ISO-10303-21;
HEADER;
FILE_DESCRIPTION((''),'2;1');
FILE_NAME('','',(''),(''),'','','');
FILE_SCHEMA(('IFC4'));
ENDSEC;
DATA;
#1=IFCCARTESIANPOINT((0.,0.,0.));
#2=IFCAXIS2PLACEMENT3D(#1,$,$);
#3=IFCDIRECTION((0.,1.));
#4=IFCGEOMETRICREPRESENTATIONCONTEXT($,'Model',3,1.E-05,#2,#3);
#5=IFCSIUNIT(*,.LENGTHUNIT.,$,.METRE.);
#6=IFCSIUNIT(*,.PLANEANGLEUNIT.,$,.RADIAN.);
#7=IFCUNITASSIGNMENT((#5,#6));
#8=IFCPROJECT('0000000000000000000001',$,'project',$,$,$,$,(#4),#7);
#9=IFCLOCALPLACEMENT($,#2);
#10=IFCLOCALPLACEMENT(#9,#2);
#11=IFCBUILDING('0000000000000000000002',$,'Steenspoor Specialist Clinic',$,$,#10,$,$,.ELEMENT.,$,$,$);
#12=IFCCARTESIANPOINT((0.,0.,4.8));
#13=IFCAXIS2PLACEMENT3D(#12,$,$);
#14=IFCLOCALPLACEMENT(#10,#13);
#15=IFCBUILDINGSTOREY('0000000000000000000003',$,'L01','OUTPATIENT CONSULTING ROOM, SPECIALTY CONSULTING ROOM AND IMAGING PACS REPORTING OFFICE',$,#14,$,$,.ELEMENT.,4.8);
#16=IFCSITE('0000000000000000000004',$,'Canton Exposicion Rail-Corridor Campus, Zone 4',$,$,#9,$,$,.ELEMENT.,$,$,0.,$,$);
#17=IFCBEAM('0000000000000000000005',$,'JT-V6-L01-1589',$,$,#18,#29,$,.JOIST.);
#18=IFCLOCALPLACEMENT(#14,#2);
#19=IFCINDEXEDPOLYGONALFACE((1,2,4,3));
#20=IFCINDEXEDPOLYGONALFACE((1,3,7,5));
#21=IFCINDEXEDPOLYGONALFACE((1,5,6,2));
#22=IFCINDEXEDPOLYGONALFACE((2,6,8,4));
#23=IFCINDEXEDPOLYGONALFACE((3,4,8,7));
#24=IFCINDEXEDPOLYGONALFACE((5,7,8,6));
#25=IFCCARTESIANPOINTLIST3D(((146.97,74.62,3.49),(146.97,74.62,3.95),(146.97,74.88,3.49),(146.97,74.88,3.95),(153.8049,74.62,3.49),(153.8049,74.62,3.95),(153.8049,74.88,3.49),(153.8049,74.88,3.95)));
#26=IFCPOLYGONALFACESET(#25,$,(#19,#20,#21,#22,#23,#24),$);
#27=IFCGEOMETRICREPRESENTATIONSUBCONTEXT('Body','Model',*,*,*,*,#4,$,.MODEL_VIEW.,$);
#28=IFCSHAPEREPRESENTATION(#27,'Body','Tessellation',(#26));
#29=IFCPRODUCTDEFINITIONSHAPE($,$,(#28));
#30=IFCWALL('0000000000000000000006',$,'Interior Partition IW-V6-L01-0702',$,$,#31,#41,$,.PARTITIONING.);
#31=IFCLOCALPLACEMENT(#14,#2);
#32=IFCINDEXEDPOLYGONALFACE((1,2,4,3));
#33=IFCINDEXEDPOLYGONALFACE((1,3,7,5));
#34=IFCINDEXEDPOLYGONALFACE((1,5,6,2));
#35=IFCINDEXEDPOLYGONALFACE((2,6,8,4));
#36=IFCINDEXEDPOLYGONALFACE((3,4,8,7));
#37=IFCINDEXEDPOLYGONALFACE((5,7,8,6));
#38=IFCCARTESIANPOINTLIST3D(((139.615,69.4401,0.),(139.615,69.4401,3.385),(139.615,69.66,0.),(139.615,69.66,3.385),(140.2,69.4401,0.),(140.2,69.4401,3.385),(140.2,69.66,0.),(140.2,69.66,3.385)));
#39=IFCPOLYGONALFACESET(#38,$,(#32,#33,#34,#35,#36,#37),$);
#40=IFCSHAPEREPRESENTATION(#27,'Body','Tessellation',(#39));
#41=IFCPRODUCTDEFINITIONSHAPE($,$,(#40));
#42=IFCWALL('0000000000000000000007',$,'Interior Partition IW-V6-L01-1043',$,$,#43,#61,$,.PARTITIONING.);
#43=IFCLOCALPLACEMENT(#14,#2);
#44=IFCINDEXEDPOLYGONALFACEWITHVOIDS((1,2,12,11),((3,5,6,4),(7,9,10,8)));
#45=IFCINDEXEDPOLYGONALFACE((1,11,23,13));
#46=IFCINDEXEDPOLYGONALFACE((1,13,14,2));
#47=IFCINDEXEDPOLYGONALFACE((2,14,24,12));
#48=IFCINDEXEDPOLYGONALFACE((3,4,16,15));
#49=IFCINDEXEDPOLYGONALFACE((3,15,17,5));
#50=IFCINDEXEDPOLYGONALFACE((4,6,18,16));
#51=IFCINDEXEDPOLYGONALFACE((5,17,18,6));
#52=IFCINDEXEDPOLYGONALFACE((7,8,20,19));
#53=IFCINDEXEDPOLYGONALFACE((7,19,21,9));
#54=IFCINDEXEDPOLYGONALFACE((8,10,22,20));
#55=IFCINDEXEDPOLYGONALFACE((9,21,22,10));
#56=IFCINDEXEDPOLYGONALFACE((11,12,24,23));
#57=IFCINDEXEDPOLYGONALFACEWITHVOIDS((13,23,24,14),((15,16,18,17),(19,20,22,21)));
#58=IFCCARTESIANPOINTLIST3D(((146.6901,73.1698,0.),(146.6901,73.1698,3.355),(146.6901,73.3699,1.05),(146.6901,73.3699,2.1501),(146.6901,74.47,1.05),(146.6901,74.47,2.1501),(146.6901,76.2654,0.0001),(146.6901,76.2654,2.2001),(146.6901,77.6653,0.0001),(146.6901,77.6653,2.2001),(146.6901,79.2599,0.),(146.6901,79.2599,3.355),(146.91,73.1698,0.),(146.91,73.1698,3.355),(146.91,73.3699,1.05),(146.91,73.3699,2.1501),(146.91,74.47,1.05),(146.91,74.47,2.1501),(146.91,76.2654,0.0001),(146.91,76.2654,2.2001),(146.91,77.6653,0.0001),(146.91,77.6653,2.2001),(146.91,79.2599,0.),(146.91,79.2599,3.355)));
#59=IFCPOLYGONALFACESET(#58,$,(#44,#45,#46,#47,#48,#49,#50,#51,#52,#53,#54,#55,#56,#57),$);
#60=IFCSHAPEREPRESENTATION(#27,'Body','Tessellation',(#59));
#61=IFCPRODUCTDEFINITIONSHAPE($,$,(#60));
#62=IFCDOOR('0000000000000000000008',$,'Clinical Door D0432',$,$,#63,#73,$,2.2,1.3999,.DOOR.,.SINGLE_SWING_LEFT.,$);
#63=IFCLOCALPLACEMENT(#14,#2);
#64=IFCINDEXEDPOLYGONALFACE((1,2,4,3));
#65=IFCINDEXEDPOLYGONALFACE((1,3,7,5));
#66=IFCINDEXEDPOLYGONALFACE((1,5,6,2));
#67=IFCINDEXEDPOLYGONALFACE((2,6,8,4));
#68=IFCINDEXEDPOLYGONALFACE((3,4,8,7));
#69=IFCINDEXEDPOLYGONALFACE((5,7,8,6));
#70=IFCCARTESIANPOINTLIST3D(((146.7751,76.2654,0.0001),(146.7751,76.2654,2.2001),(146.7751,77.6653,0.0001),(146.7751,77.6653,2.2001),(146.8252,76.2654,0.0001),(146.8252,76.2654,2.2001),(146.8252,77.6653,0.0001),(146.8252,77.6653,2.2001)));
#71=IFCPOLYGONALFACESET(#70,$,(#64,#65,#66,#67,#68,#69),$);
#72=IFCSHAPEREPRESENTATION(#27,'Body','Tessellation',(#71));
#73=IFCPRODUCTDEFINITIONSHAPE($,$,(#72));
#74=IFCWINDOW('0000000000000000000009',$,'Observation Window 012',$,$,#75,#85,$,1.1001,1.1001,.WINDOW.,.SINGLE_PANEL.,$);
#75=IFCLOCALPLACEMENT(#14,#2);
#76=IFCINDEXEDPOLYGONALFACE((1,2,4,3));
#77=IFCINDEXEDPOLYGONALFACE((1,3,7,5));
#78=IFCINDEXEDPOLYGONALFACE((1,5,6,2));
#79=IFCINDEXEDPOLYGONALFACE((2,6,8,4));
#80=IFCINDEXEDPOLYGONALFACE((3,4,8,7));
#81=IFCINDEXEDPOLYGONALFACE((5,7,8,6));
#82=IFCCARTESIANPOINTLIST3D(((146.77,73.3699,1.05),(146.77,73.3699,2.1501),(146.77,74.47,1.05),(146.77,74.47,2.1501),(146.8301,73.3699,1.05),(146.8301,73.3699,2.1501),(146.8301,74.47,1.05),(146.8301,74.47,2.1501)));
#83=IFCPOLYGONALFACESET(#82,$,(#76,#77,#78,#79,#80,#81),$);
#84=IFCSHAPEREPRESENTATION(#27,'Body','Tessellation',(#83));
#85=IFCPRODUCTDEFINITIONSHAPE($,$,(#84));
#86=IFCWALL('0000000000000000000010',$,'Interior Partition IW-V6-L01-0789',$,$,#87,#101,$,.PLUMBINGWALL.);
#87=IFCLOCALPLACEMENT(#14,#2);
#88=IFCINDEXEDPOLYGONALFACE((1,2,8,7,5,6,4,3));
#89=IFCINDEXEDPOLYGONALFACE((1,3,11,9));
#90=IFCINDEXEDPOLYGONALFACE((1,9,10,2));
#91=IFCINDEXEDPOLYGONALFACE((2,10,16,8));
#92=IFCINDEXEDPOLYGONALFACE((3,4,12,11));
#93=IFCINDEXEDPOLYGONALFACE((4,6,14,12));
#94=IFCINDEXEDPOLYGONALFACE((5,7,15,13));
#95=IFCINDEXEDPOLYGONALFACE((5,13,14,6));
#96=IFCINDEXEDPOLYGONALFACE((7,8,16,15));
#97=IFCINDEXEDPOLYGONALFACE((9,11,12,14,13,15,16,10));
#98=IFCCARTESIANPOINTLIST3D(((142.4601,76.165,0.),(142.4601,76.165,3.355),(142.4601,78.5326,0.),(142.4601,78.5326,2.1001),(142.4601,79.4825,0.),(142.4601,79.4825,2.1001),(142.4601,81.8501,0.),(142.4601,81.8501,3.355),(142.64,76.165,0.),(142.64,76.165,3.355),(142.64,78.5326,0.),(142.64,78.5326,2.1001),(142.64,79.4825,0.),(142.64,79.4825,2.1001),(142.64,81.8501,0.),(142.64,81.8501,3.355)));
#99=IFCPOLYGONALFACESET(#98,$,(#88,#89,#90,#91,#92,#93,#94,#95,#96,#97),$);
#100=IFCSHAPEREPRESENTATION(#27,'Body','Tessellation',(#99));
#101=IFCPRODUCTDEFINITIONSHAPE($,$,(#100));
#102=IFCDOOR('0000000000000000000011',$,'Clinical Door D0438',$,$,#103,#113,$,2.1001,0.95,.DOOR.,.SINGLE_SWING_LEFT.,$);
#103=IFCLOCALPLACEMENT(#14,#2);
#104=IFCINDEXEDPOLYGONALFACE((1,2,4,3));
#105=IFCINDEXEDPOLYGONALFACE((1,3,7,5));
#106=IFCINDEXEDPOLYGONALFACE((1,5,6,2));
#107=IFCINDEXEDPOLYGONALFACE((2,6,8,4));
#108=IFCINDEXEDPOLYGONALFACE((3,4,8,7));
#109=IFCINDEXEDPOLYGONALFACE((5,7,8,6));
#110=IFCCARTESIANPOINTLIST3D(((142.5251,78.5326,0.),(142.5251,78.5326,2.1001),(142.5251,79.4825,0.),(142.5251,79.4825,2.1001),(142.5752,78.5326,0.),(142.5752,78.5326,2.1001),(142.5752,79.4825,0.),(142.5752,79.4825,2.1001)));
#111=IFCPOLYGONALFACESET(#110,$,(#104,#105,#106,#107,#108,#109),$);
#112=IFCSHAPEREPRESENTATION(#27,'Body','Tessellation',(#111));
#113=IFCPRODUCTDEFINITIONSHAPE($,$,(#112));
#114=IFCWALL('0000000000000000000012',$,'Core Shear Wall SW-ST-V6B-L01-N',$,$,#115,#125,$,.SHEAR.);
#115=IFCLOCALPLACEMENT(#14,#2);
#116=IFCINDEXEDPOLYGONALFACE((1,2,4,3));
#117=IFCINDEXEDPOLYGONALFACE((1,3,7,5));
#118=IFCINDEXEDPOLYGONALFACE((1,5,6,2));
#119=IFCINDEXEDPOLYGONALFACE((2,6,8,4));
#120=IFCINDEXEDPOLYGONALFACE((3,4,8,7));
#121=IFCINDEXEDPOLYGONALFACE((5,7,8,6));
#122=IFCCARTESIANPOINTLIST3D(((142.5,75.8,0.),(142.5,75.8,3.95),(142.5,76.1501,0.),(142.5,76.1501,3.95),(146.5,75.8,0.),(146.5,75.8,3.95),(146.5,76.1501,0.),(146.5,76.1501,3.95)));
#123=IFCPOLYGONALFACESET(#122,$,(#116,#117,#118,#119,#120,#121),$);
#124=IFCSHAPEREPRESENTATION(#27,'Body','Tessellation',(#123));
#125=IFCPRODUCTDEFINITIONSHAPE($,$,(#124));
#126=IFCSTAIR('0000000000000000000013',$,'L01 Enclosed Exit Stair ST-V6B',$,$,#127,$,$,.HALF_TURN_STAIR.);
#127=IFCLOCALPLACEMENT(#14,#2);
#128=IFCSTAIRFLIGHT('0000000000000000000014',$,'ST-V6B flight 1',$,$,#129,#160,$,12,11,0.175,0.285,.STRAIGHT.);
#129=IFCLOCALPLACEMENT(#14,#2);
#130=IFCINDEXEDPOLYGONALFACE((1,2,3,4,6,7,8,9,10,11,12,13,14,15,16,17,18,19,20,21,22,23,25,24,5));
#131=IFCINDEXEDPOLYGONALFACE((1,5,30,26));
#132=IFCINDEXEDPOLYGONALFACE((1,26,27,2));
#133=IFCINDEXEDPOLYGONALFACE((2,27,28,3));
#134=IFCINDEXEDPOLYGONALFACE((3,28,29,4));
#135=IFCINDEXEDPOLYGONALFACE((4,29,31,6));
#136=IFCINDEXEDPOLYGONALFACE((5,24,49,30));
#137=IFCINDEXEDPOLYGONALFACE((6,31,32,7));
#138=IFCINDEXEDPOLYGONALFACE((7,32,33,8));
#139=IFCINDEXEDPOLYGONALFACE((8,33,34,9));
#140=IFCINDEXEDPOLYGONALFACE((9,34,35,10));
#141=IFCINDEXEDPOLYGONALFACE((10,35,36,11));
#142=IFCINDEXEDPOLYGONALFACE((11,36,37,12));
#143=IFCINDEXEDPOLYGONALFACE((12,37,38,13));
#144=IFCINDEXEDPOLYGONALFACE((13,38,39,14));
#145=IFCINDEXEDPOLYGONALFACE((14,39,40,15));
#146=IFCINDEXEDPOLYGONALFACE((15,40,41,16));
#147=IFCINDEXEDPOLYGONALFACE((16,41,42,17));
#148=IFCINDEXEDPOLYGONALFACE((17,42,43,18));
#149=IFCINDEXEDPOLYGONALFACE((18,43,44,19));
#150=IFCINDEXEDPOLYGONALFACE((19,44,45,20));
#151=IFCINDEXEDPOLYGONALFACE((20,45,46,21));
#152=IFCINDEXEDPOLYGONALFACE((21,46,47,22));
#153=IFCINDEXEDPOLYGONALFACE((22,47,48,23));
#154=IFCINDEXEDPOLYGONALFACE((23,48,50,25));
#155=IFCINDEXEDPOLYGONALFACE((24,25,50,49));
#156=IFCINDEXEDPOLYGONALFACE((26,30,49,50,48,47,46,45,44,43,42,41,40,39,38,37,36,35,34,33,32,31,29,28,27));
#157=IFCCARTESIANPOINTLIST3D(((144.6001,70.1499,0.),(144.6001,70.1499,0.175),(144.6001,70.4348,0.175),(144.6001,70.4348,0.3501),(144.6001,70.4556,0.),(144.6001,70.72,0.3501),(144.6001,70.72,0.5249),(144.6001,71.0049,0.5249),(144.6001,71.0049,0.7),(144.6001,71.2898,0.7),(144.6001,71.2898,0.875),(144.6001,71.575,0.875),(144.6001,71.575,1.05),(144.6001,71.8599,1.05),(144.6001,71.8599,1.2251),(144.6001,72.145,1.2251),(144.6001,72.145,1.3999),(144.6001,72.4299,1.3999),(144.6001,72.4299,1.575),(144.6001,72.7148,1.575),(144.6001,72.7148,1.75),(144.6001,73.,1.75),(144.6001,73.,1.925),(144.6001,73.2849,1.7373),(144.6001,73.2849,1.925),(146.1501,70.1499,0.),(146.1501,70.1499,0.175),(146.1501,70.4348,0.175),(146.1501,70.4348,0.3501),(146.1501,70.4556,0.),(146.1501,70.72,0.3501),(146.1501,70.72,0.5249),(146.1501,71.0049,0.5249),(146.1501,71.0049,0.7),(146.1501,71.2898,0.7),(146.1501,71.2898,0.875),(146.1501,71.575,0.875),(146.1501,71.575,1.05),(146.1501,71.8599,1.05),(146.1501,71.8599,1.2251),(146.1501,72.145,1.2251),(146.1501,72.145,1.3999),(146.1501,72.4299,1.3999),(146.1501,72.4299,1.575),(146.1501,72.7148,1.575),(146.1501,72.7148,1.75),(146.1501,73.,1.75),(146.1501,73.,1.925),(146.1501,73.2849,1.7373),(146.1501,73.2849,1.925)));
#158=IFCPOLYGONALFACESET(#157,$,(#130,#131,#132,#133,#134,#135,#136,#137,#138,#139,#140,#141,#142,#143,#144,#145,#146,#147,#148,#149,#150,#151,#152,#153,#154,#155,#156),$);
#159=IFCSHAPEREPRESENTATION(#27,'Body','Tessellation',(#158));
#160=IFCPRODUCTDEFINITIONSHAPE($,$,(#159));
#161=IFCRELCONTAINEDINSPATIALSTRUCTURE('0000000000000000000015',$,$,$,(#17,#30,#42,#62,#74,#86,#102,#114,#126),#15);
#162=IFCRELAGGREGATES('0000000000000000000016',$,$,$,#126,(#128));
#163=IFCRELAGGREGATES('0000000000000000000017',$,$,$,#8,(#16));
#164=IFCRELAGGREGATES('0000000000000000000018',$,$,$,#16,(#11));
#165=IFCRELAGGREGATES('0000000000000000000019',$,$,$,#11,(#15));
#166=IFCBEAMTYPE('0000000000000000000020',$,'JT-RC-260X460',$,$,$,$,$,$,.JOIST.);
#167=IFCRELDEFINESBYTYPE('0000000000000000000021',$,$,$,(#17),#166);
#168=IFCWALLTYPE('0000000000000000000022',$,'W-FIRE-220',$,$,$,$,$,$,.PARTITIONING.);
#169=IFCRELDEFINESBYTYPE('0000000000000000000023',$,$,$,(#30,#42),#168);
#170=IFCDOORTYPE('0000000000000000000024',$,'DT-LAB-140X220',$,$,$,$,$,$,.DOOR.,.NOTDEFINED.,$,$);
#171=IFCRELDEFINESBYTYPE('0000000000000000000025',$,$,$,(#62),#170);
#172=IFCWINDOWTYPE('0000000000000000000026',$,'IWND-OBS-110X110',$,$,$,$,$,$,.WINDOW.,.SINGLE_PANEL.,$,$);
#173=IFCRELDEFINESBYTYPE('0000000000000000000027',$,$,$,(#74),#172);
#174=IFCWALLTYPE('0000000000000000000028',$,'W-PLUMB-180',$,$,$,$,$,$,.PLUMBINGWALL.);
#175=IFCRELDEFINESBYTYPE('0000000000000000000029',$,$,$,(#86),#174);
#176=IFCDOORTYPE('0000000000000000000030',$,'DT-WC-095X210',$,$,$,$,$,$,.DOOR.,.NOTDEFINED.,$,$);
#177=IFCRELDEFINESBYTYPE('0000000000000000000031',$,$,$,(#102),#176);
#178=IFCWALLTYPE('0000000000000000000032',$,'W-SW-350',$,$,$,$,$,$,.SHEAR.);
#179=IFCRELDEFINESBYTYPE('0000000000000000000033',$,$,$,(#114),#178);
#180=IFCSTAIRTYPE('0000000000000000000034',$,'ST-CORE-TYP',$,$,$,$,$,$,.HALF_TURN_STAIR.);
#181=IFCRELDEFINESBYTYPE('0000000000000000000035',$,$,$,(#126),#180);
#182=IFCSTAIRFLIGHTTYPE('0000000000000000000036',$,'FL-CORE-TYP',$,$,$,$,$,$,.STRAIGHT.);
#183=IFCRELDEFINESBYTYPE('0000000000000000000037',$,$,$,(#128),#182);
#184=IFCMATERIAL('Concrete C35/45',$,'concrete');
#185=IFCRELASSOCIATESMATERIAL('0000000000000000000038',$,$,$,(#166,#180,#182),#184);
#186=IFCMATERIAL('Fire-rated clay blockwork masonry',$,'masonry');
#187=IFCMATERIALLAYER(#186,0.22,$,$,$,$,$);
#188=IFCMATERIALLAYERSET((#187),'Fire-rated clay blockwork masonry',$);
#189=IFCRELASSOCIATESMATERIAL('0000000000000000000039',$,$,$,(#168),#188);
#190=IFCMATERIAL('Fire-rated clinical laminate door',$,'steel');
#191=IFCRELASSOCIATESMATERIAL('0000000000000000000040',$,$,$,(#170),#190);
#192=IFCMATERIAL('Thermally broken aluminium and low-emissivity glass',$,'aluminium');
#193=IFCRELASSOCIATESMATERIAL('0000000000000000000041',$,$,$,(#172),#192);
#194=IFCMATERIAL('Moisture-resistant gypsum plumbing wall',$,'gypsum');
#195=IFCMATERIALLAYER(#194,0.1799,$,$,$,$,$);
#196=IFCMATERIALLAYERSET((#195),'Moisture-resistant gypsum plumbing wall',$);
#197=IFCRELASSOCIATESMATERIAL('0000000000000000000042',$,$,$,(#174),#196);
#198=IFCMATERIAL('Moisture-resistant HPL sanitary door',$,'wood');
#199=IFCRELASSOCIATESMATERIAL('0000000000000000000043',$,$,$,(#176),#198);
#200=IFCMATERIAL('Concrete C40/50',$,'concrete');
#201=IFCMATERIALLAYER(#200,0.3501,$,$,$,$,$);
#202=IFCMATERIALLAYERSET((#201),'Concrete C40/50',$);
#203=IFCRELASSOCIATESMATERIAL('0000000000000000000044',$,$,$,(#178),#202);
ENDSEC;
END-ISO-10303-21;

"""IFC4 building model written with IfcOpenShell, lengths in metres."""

from ifc_helpers import new_model, si_unit, direction, frame, frame_2d, origin, origin_2d, place, context, subcontext, project, spatial, polyline, rectangle, outline, extrude, material, layer, layer_set, material_profile, profile_set, type_object, element, fill, aggregate, save


model = new_model("IFC4")

# Units and contexts
model_context = context("Model", 3, precision=1e-05, world=origin(), true_north=direction((0.0, 1.0)))
body_context = subcontext(model_context, "Body", "Model", "MODEL_VIEW")
ifc_project = project(units=[si_unit("LENGTHUNIT", "METRE"), si_unit("PLANEANGLEUNIT", "RADIAN")], contexts=[model_context])

# Site, building, storey
site_placement = place(None, origin())
site = spatial("IfcSite", under=ifc_project, at=site_placement, Name="Canton Exposicion Rail-Corridor Campus, Zone 4", CompositionType="ELEMENT", RefElevation=0.0)
building_placement = place(site_placement, origin())
building = spatial("IfcBuilding", under=site, at=building_placement, Name="Steenspoor Specialist Clinic", CompositionType="ELEMENT")
storey_placement = place(building_placement, frame((0.0, 0.0, 4.8)))
storey = spatial("IfcBuildingStorey", under=building, at=storey_placement, Name="L01", Description="OUTPATIENT CONSULTING ROOM, SPECIALTY CONSULTING ROOM AND IMAGING PACS REPORTING OFFICE", CompositionType="ELEMENT", Elevation=4.8)

# Shared definitions
ifc_material_1 = material(Name="Concrete C40/50", Category="concrete")

# Beam
ifc_material_2 = material(Name="Concrete C35/45", Category="concrete")
ifc_material_profile_1 = material_profile(ifc_material_2, rectangle(XDim=0.26, YDim=0.46, at=origin_2d()), Name="RC-JT-260X460")
ifc_profile_set_1 = profile_set([ifc_material_profile_1], Name="Concrete C35/45")
beam_type_1 = type_object("IfcBeamType", Name="JT-RC-260X460", PredefinedType="JOIST", material=ifc_profile_set_1)
beam_1_placement = place(storey_placement, frame((146.97, 74.75, 3.72), z_axis=(1.0, 0.0, 0.0), x_axis=(0.0, 1.0, 0.0)))
element("IfcBeam", 1, at=beam_1_placement, inside=storey, type_object=beam_type_1, Name="JT-V6-L01-1589", PredefinedType="JOIST", context=body_context, shape_type="SweptSolid", body=[
    extrude(rectangle(XDim=0.26, YDim=0.46, at=origin_2d()), origin(), (0.0, 0.0, 1.0), 6.835),
])

# Wall
ifc_material_3 = material(Name="Fire-rated clay blockwork masonry", Category="masonry")
ifc_layer_1 = layer(ifc_material_3, 0.22)
ifc_layer_set_1 = layer_set([ifc_layer_1], Name="Fire-rated clay blockwork masonry")
wall_type_1 = type_object("IfcWallType", Name="W-FIRE-220", PredefinedType="PARTITIONING", material=ifc_layer_set_1)
wall_1_placement = place(storey_placement, frame((139.615, 69.55, 0.0), z_axis=(0.0, 0.0, 1.0), x_axis=(1.0, 0.0, 0.0)))
element("IfcWall", 2, at=wall_1_placement, inside=storey, type_object=wall_type_1, Name="Interior Partition IW-V6-L01-0702", PredefinedType="PARTITIONING", context=body_context, shape_type="SweptSolid", body=[
    extrude(rectangle(XDim=0.585, YDim=0.22, at=frame_2d((0.2925, 0.0))), origin(), (0.0, 0.0, 1.0), 3.385),
])

# Wall, openings, door, window
wall_2_placement = place(storey_placement, frame((146.8, 73.1699, 0.0), z_axis=(0.0, 0.0, 1.0), x_axis=(0.0, 1.0, 0.0)))
wall_2 = element("IfcWall", 3, at=wall_2_placement, inside=storey, type_object=wall_type_1, Name="Interior Partition IW-V6-L01-1043", PredefinedType="PARTITIONING", context=body_context, shape_type="SweptSolid", body=[
    extrude(rectangle(XDim=6.0901, YDim=0.22, at=frame_2d((3.0449, 0.0))), origin(), (0.0, 0.0, 1.0), 3.355),
])
opening_1_placement = place(wall_2_placement, frame((3.0955, 0.0, 0.0)))
opening_1 = element("IfcOpeningElement", 4, at=opening_1_placement, cuts=wall_2, PredefinedType="OPENING", context=body_context, shape_type="SweptSolid", body=[
    extrude(rectangle(XDim=1.3999, YDim=2.2, at=frame_2d((0.7, 1.1001))), frame((0.0, 0.1201, 0.0), z_axis=(0.0, -1.0, 0.0), x_axis=(1.0, 0.0, 0.0)), (0.0, 0.0, 1.0), 0.24),
])
opening_2_placement = place(wall_2_placement, frame((0.2, 0.0, 1.05)))
opening_2 = element("IfcOpeningElement", 5, at=opening_2_placement, cuts=wall_2, PredefinedType="OPENING", context=body_context, shape_type="SweptSolid", body=[
    extrude(rectangle(XDim=1.1001, YDim=1.1001, at=frame_2d((0.55, 0.55))), frame((0.0, 0.1201, 0.0), z_axis=(0.0, -1.0, 0.0), x_axis=(1.0, 0.0, 0.0)), (0.0, 0.0, 1.0), 0.24),
])
ifc_material_4 = material(Name="Fire-rated clinical laminate door", Category="steel")
door_type_1 = type_object("IfcDoorType", Name="DT-LAB-140X220", OperationType="NOTDEFINED", PredefinedType="DOOR", material=ifc_material_4)
door_1_placement = place(opening_1_placement, origin())
door_1 = element("IfcDoor", 6, at=door_1_placement, inside=storey, type_object=door_type_1, Name="Clinical Door D0432", OperationType="SINGLE_SWING_LEFT", OverallHeight=2.2, OverallWidth=1.3999, PredefinedType="DOOR", context=body_context, shape_type="SweptSolid", body=[
    extrude(rectangle(XDim=1.3999, YDim=2.2, at=frame_2d((0.7, 1.1001))), frame((0.0, 0.0249, 0.0), z_axis=(0.0, -1.0, 0.0), x_axis=(1.0, 0.0, 0.0)), (0.0, 0.0, 1.0), 0.05),
])
fill(opening_1, door_1)
ifc_material_5 = material(Name="Thermally broken aluminium and low-emissivity glass", Category="aluminium")
window_type = type_object("IfcWindowType", Name="IWND-OBS-110X110", PartitioningType="SINGLE_PANEL", PredefinedType="WINDOW", material=ifc_material_5)
window_placement = place(opening_2_placement, origin())
window = element("IfcWindow", 7, at=window_placement, inside=storey, type_object=window_type, Name="Observation Window 012", OverallHeight=1.1001, OverallWidth=1.1001, PartitioningType="SINGLE_PANEL", PredefinedType="WINDOW", context=body_context, shape_type="SweptSolid", body=[
    extrude(rectangle(XDim=1.1001, YDim=1.1001, at=frame_2d((0.55, 0.55))), frame((0.0, 0.03, 0.0), z_axis=(0.0, -1.0, 0.0), x_axis=(1.0, 0.0, 0.0)), (0.0, 0.0, 1.0), 0.0601),
])
fill(opening_2, window)

# Wall, opening, door
ifc_material_6 = material(Name="Moisture-resistant gypsum plumbing wall", Category="gypsum")
ifc_layer_2 = layer(ifc_material_6, 0.1799)
ifc_layer_set_2 = layer_set([ifc_layer_2], Name="Moisture-resistant gypsum plumbing wall")
wall_type_2 = type_object("IfcWallType", Name="W-PLUMB-180", PredefinedType="PLUMBINGWALL", material=ifc_layer_set_2)
wall_3_placement = place(storey_placement, frame((142.55, 76.165, 0.0), z_axis=(0.0, 0.0, 1.0), x_axis=(0.0, 1.0, 0.0)))
wall_3 = element("IfcWall", 8, at=wall_3_placement, inside=storey, type_object=wall_type_2, Name="Interior Partition IW-V6-L01-0789", PredefinedType="PLUMBINGWALL", context=body_context, shape_type="SweptSolid", body=[
    extrude(rectangle(XDim=5.6851, YDim=0.1799, at=frame_2d((2.8425, 0.0))), origin(), (0.0, 0.0, 1.0), 3.355),
])
opening_3_placement = place(wall_3_placement, frame((2.3674, 0.0, 0.0)))
opening_3 = element("IfcOpeningElement", 9, at=opening_3_placement, cuts=wall_3, PredefinedType="OPENING", context=body_context, shape_type="SweptSolid", body=[
    extrude(rectangle(XDim=0.95, YDim=2.1001, at=frame_2d((0.4751, 1.05))), frame((0.0, 0.1001, 0.0), z_axis=(0.0, -1.0, 0.0), x_axis=(1.0, 0.0, 0.0)), (0.0, 0.0, 1.0), 0.2),
])
ifc_material_7 = material(Name="Moisture-resistant HPL sanitary door", Category="wood")
door_type_2 = type_object("IfcDoorType", Name="DT-WC-095X210", OperationType="NOTDEFINED", PredefinedType="DOOR", material=ifc_material_7)
door_2_placement = place(opening_3_placement, origin())
door_2 = element("IfcDoor", 10, at=door_2_placement, inside=storey, type_object=door_type_2, Name="Clinical Door D0438", OperationType="SINGLE_SWING_LEFT", OverallHeight=2.1001, OverallWidth=0.95, PredefinedType="DOOR", context=body_context, shape_type="SweptSolid", body=[
    extrude(rectangle(XDim=0.95, YDim=2.1001, at=frame_2d((0.4751, 1.05))), frame((0.0, 0.0249, 0.0), z_axis=(0.0, -1.0, 0.0), x_axis=(1.0, 0.0, 0.0)), (0.0, 0.0, 1.0), 0.05),
])
fill(opening_3, door_2)

# Wall
ifc_layer_3 = layer(ifc_material_1, 0.3501)
ifc_layer_set_3 = layer_set([ifc_layer_3], Name="Concrete C40/50")
wall_type_3 = type_object("IfcWallType", Name="W-SW-350", PredefinedType="SHEAR", material=ifc_layer_set_3)
wall_4_placement = place(storey_placement, frame((142.5, 75.9751, 0.0), z_axis=(0.0, 0.0, 1.0), x_axis=(1.0, 0.0, 0.0)))
element("IfcWall", 11, at=wall_4_placement, inside=storey, type_object=wall_type_3, Name="Core Shear Wall SW-ST-V6B-L01-N", PredefinedType="SHEAR", context=body_context, shape_type="SweptSolid", body=[
    extrude(rectangle(XDim=4.0, YDim=0.3501, at=frame_2d((2.0, 0.0))), origin(), (0.0, 0.0, 1.0), 3.95),
])

# Stair, stair flight
stair_type = type_object("IfcStairType", Name="ST-CORE-TYP", PredefinedType="HALF_TURN_STAIR", material=ifc_material_2)
stair_placement = place(storey_placement, origin())
stair = element("IfcStair", 12, at=stair_placement, inside=storey, type_object=stair_type, Name="L01 Enclosed Exit Stair ST-V6B", PredefinedType="HALF_TURN_STAIR")
stair_flight_type = type_object("IfcStairFlightType", Name="FL-CORE-TYP", PredefinedType="STRAIGHT", material=ifc_material_2)
stair_flight_1_placement = place(storey_placement, frame((145.375, 70.1499, 0.0), z_axis=(0.0, 0.0, 1.0), x_axis=(0.0, 1.0, 0.0)))
stair_flight_1 = element("IfcStairFlight", 13, at=stair_flight_1_placement, type_object=stair_flight_type, Name="ST-V6B flight 1", NumberOfRisers=12, NumberOfTreads=11, PredefinedType="STRAIGHT", RiserHeight=0.175, TreadLength=0.285, context=body_context, shape_type="SweptSolid", body=[
    extrude(outline(polyline([(0.0, 0.0), (0.0, 0.175), (0.2849, 0.175), (0.2849, 0.3501), (0.5701, 0.3501), (0.5701, 0.5249), (0.855, 0.5249), (0.855, 0.7), (1.1399, 0.7), (1.1399, 0.875), (1.425, 0.875), (1.425, 1.05), (1.71, 1.05), (1.71, 1.2251), (1.9951, 1.2251), (1.9951, 1.3999), (2.28, 1.3999), (2.28, 1.575), (2.5649, 1.575), (2.5649, 1.75), (2.8501, 1.75), (2.8501, 1.925), (3.135, 1.925), (3.135, 2.1001), (3.135, 1.7373), (0.3057, 0.0), (0.0, 0.0)])), frame((0.0, 0.7749, 0.0), z_axis=(0.0, -1.0, 0.0), x_axis=(1.0, 0.0, 0.0)), (0.0, 0.0, 1.0), 1.55),
])
aggregate(stair, [stair_flight_1])

save(model, "model.ifc")
